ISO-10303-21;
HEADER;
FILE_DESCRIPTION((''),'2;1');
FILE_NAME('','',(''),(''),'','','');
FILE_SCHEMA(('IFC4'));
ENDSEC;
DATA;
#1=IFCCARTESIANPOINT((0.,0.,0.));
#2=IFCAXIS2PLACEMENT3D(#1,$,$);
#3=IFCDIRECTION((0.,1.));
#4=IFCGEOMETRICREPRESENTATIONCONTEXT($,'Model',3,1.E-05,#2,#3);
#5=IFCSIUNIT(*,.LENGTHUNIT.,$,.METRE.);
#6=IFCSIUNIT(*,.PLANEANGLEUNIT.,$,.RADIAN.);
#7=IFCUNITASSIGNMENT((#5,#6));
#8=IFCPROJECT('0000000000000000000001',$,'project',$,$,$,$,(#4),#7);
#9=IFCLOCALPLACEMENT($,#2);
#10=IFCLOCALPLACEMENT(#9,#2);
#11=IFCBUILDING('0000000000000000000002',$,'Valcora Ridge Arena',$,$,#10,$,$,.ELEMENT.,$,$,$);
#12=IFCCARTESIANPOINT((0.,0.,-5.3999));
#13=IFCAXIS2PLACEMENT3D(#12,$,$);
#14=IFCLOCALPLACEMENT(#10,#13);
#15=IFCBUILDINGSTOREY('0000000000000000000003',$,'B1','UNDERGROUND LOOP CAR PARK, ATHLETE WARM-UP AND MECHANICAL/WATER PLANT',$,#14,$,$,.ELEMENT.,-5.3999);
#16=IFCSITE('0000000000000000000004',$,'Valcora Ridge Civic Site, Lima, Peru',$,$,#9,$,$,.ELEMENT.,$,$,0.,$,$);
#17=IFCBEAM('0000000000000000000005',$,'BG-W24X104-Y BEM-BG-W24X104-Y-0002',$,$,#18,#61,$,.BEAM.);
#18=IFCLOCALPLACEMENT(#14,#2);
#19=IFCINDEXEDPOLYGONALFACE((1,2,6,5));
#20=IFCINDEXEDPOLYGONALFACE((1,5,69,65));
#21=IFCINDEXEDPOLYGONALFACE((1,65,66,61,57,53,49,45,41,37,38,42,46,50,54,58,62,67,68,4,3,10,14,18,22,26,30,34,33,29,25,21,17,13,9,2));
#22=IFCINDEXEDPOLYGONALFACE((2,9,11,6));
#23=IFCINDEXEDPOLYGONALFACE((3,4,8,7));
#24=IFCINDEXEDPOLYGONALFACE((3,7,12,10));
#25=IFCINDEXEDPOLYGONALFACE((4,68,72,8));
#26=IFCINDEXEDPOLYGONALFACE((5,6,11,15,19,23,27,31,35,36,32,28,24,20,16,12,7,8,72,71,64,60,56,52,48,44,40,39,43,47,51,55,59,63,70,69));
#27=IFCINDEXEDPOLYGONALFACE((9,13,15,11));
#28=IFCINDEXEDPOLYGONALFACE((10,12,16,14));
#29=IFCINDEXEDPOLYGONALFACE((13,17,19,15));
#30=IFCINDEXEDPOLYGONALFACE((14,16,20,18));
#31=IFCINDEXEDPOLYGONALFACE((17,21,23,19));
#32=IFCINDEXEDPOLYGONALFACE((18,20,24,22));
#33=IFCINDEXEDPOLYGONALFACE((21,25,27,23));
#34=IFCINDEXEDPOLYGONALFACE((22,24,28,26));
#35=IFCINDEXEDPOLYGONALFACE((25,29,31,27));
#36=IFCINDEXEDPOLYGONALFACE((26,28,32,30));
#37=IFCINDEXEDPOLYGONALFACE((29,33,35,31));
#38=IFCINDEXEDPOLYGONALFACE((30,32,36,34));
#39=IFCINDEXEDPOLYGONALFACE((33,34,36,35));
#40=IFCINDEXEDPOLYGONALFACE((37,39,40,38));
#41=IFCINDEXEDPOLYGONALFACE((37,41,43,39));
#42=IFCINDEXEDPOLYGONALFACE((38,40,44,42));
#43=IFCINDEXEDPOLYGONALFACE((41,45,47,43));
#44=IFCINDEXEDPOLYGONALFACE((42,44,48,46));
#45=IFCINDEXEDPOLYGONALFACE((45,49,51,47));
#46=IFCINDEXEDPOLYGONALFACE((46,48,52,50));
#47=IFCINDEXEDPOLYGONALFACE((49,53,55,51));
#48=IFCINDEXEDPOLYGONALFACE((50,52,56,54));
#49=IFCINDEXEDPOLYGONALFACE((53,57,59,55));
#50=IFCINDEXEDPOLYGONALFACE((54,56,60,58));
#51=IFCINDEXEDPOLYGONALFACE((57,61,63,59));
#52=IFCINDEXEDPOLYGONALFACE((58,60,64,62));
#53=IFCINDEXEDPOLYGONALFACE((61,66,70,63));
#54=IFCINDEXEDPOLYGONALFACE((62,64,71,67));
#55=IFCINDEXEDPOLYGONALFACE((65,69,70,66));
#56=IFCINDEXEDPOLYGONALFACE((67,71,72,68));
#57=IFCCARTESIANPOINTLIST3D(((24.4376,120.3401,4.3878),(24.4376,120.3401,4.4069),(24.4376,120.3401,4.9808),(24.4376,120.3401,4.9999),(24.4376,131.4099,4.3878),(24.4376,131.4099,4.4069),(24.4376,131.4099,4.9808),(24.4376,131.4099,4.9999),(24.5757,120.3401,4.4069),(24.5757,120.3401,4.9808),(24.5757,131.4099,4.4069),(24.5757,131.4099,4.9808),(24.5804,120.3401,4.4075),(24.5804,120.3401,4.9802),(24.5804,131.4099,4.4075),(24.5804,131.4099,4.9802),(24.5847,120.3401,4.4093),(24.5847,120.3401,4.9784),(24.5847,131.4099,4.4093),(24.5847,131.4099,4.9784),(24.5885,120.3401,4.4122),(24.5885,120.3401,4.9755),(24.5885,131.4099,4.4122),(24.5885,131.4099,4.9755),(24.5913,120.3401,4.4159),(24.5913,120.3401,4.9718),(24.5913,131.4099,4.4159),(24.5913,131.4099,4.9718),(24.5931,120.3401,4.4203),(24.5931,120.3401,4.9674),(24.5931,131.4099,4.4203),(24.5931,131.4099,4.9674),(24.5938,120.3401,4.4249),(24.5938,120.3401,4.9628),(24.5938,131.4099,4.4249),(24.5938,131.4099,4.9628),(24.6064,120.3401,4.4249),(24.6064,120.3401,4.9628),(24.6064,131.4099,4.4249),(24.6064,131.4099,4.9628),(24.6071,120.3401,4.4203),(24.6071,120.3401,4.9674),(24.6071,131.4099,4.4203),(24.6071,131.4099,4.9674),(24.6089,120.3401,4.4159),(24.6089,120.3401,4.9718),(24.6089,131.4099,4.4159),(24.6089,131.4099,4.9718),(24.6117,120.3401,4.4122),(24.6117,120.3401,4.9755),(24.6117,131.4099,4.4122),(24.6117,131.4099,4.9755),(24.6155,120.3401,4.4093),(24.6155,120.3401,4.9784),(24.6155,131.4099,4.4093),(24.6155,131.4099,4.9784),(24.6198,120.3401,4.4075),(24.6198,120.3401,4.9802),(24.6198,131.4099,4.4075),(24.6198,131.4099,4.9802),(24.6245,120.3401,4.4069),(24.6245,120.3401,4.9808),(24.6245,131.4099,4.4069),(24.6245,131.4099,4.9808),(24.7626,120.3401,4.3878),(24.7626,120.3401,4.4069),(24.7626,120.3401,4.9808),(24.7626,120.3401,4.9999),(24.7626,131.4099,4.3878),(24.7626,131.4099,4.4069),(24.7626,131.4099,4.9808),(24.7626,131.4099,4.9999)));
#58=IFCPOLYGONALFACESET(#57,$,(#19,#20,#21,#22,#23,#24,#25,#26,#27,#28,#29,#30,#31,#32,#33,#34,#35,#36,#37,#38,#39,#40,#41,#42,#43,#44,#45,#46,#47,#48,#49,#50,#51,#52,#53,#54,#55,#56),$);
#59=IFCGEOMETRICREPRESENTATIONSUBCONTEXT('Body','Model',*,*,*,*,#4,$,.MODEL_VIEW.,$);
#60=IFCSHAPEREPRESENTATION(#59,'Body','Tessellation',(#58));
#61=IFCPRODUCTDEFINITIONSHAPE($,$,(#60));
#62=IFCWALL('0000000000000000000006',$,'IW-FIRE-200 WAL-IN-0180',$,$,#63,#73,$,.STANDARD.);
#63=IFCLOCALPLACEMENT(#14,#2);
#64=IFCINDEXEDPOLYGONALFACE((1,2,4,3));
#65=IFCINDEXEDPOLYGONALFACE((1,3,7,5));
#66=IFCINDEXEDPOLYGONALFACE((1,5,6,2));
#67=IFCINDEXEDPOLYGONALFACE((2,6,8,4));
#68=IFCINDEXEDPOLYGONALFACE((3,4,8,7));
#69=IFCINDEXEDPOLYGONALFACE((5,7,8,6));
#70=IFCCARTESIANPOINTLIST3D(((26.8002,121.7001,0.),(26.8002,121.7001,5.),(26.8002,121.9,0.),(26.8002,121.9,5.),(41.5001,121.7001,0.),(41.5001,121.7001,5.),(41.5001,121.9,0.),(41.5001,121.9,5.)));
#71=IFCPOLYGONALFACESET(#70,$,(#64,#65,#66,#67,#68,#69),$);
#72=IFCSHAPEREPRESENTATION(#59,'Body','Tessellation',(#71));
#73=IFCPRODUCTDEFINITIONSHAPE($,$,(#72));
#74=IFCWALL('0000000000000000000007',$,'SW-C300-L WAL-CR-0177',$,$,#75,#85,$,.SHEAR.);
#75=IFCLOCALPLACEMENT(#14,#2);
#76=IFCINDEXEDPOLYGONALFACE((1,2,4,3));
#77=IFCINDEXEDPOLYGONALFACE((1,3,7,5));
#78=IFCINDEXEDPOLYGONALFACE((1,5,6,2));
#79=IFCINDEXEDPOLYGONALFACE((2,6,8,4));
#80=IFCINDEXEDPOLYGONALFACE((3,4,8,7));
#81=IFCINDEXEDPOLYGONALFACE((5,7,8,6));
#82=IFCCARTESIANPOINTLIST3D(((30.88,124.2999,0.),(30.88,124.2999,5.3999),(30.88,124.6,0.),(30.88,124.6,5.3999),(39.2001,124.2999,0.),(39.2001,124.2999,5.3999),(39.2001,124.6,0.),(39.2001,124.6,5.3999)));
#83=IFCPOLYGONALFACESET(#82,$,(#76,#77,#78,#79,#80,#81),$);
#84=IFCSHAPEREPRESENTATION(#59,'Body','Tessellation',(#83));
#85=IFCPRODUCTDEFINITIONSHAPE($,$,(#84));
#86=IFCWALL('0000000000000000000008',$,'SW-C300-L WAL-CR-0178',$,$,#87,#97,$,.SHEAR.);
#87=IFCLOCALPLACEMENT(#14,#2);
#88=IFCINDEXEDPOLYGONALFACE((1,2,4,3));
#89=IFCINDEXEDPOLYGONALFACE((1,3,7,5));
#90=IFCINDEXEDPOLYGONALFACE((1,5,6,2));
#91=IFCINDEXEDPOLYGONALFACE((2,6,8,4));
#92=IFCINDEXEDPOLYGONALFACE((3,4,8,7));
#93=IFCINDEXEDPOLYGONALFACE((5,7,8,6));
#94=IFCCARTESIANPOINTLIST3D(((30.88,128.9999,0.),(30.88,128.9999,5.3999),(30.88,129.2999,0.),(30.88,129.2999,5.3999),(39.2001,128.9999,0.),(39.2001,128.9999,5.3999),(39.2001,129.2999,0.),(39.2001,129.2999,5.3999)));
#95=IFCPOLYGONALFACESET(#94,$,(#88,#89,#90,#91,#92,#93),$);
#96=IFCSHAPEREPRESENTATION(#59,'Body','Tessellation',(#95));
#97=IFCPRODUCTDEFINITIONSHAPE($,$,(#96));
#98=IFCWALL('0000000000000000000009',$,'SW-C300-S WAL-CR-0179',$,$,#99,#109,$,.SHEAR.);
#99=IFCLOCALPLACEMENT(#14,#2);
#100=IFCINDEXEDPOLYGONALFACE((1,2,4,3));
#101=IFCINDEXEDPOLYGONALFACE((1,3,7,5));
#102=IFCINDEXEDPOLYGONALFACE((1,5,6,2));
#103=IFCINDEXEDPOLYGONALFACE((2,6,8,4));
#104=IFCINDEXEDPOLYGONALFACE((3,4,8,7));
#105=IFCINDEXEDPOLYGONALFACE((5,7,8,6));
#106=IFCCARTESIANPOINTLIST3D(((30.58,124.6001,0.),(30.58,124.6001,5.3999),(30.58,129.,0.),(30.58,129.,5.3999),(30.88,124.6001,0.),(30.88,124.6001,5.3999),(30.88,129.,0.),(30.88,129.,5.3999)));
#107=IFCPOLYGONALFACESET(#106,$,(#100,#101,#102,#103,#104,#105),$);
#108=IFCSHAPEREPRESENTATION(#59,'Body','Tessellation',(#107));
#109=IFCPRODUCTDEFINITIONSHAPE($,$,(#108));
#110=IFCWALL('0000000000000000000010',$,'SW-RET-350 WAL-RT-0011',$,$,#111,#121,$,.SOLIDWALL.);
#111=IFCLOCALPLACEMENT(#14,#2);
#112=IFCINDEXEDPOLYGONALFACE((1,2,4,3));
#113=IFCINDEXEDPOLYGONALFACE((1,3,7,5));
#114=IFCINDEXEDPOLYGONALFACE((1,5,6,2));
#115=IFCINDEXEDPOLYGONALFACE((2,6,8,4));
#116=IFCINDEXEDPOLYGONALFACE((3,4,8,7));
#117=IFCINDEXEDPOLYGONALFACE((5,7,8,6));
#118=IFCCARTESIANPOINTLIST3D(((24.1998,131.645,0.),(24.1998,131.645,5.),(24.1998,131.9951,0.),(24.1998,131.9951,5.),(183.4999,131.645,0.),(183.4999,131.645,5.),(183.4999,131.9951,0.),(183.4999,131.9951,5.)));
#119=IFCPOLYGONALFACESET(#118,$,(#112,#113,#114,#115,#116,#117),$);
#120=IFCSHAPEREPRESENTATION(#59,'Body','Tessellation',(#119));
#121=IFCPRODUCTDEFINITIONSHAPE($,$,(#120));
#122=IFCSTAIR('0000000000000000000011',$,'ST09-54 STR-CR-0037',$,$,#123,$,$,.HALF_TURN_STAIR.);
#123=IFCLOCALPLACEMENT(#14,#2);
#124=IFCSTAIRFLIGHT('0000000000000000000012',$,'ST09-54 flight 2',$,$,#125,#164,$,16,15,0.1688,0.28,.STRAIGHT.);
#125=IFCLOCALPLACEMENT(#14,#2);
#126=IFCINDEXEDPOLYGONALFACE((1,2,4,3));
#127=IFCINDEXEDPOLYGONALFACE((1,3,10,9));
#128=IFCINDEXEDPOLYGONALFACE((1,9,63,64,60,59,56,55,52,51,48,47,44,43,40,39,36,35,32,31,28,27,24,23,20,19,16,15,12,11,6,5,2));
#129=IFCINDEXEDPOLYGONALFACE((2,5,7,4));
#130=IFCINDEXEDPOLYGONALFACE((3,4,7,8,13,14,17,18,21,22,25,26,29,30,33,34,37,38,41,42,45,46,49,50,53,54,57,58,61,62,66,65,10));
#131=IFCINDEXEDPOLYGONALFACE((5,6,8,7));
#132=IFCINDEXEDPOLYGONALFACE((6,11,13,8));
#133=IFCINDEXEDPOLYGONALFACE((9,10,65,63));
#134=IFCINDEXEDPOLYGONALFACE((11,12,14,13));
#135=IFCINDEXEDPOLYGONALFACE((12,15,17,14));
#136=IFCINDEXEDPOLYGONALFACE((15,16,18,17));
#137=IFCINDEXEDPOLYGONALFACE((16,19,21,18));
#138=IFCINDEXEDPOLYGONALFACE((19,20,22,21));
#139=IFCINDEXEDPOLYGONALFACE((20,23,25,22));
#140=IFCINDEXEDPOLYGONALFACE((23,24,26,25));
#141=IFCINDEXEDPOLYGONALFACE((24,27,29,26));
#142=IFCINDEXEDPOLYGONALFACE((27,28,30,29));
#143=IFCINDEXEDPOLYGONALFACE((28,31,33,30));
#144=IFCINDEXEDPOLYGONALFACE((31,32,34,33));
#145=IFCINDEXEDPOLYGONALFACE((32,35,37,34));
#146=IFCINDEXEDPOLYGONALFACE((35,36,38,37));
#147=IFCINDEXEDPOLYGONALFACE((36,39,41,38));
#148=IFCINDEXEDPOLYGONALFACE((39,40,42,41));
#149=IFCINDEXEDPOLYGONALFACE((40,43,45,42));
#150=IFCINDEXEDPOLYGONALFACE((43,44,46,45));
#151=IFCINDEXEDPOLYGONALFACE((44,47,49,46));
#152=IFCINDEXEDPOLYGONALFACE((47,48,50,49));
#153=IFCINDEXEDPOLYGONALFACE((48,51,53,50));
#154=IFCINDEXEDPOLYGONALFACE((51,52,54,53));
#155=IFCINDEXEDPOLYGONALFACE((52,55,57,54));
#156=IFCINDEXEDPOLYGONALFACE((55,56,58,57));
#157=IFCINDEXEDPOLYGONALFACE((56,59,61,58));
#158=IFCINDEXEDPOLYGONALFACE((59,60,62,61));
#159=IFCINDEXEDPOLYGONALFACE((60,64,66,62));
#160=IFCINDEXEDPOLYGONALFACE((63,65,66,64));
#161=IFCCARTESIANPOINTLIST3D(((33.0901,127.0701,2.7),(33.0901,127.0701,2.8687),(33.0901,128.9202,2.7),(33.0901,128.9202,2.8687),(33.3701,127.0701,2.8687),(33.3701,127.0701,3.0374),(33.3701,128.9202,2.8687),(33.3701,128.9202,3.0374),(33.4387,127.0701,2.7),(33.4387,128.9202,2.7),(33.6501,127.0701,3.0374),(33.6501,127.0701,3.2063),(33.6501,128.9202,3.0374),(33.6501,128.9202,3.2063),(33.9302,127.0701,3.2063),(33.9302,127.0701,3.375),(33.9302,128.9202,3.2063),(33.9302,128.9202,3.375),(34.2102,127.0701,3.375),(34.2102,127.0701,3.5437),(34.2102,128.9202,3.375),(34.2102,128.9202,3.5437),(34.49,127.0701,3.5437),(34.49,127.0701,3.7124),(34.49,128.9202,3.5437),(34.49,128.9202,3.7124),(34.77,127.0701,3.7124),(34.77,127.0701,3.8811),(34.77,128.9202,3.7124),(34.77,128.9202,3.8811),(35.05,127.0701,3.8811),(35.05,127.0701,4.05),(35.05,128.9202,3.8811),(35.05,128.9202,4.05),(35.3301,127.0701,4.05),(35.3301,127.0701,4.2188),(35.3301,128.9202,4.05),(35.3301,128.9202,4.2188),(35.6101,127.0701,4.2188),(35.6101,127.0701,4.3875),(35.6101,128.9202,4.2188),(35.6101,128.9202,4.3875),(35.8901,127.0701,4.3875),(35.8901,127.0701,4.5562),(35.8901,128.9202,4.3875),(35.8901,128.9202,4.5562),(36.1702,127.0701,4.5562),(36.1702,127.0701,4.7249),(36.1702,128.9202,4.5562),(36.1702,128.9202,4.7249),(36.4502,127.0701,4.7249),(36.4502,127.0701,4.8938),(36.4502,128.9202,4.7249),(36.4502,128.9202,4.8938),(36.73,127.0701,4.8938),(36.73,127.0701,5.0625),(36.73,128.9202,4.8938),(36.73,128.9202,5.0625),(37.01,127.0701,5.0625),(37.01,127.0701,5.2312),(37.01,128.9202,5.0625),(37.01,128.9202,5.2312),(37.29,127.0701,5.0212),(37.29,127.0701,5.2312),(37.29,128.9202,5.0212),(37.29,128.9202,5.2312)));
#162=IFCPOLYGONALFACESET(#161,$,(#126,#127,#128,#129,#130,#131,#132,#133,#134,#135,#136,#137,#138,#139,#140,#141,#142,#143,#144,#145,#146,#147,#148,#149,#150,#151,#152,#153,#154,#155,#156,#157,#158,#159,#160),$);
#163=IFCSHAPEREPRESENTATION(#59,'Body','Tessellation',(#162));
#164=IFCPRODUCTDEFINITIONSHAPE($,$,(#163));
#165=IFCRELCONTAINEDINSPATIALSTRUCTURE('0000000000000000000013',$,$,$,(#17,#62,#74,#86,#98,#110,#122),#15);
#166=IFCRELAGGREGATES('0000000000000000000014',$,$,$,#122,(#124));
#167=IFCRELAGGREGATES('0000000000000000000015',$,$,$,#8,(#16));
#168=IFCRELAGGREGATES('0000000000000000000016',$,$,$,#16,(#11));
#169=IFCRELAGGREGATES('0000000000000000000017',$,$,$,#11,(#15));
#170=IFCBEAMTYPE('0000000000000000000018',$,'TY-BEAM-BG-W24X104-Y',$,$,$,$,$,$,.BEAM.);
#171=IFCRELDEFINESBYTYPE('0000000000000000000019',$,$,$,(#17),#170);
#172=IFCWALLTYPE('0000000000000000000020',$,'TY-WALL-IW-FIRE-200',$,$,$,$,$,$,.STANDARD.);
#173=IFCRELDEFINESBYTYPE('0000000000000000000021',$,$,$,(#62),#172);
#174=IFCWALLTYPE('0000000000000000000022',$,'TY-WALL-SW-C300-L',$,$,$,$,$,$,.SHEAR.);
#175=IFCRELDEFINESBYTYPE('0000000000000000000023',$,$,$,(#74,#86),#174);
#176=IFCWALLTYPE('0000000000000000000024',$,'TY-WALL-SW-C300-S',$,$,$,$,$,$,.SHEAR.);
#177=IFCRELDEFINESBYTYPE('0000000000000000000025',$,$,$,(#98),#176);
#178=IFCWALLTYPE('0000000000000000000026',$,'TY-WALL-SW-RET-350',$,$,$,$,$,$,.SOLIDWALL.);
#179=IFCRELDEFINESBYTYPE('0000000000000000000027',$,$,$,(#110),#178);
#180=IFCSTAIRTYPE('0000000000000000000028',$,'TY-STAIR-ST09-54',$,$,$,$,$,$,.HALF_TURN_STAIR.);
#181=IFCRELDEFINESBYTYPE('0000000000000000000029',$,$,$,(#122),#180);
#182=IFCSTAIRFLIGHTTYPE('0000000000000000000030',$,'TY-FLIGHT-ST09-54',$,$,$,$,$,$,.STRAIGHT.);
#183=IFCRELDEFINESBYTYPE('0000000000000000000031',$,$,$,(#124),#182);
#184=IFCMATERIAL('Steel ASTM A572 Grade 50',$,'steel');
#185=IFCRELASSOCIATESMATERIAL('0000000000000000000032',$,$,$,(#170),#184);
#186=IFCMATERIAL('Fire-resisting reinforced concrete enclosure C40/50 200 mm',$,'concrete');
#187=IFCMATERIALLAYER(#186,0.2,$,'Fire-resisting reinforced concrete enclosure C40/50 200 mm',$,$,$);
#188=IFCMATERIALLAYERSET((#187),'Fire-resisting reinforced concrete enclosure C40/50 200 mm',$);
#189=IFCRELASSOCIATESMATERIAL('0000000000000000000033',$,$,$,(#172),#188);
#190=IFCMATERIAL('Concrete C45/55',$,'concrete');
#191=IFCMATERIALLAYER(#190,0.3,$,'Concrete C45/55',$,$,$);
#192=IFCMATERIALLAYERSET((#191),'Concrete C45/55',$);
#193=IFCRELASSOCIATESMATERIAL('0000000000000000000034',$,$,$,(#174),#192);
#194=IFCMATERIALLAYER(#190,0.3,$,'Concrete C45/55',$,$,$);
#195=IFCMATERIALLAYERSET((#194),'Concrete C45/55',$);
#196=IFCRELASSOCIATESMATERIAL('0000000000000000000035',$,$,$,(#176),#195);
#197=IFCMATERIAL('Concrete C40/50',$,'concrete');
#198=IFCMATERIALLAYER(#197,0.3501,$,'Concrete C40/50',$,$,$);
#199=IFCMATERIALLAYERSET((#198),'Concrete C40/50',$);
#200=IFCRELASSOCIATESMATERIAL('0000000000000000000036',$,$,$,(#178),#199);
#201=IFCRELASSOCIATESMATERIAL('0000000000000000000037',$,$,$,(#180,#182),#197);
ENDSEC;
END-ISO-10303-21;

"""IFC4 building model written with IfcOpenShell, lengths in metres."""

from ifc_helpers import new_model, si_unit, direction, frame, frame_2d, origin, origin_2d, place, context, subcontext, project, spatial, polyline, rectangle, i_section, outline, extrude, material, layer, layer_set, material_profile, profile_set, type_object, element, aggregate, save


model = new_model("IFC4")

# Units and contexts
model_context = context("Model", 3, precision=1e-05, world=origin(), true_north=direction((0.0, 1.0)))
body_context = subcontext(model_context, "Body", "Model", "MODEL_VIEW")
ifc_project = project(units=[si_unit("LENGTHUNIT", "METRE"), si_unit("PLANEANGLEUNIT", "RADIAN")], contexts=[model_context])

# Site, building, storey
site_placement = place(None, origin())
site = spatial("IfcSite", under=ifc_project, at=site_placement, Name="Valcora Ridge Civic Site, Lima, Peru", CompositionType="ELEMENT", RefElevation=0.0)
building_placement = place(site_placement, origin())
building = spatial("IfcBuilding", under=site, at=building_placement, Name="Valcora Ridge Arena", CompositionType="ELEMENT")
storey_placement = place(building_placement, frame((0.0, 0.0, -5.3999)))
storey = spatial("IfcBuildingStorey", under=building, at=storey_placement, Name="B1", Description="UNDERGROUND LOOP CAR PARK, ATHLETE WARM-UP AND MECHANICAL/WATER PLANT", CompositionType="ELEMENT", Elevation=-5.3999)

# Shared definitions
ifc_material_1 = material(Name="Concrete C40/50", Category="concrete")

# Beam
ifc_material_2 = material(Name="Steel ASTM A572 Grade 50", Category="steel")
ifc_material_profile_1 = material_profile(ifc_material_2, i_section(OverallWidth=0.325, OverallDepth=0.6121, WebThickness=0.0127, FlangeThickness=0.019, FilletRadius=0.0181, at=origin_2d()), Name="W24X104")
ifc_profile_set_1 = profile_set([ifc_material_profile_1], Name="Steel ASTM A572 Grade 50")
beam_type_1 = type_object("IfcBeamType", Name="TY-BEAM-BG-W24X104-Y", PredefinedType="BEAM", material=ifc_profile_set_1)
beam_1_placement = place(storey_placement, frame((24.6001, 120.3401, 4.6938), z_axis=(0.0, 1.0, 0.0), x_axis=(-1.0, 0.0, 0.0)))
element("IfcBeam", 1, at=beam_1_placement, inside=storey, type_object=beam_type_1, Name="BG-W24X104-Y BEM-BG-W24X104-Y-0002", PredefinedType="BEAM", context=body_context, shape_type="SweptSolid", body=[
    extrude(i_section(OverallWidth=0.325, OverallDepth=0.6121, WebThickness=0.0127, FlangeThickness=0.019, FilletRadius=0.0181, at=origin_2d()), origin(), (0.0, 0.0, 1.0), 11.0698),
])

# Walls
ifc_material_3 = material(Name="Fire-resisting reinforced concrete enclosure C40/50 200 mm", Category="concrete")
ifc_layer_1 = layer(ifc_material_3, 0.2, Name="Fire-resisting reinforced concrete enclosure C40/50 200 mm")
ifc_layer_set_1 = layer_set([ifc_layer_1], Name="Fire-resisting reinforced concrete enclosure C40/50 200 mm")
wall_type_1 = type_object("IfcWallType", Name="TY-WALL-IW-FIRE-200", PredefinedType="STANDARD", material=ifc_layer_set_1)
wall_1_placement = place(storey_placement, frame((26.8, 121.8, 0.0), z_axis=(0.0, 0.0, 1.0), x_axis=(1.0, 0.0, 0.0)))
element("IfcWall", 2, at=wall_1_placement, inside=storey, type_object=wall_type_1, Name="IW-FIRE-200 WAL-IN-0180", PredefinedType="STANDARD", context=body_context, shape_type="SweptSolid", body=[
    extrude(rectangle(XDim=14.7, YDim=0.2, at=frame_2d((7.3501, 0.0))), origin(), (0.0, 0.0, 1.0), 5.0),
])
ifc_material_4 = material(Name="Concrete C45/55", Category="concrete")
ifc_layer_2 = layer(ifc_material_4, 0.3, Name="Concrete C45/55")
ifc_layer_set_2 = layer_set([ifc_layer_2], Name="Concrete C45/55")
wall_type_2 = type_object("IfcWallType", Name="TY-WALL-SW-C300-L", PredefinedType="SHEAR", material=ifc_layer_set_2)
for number, where, z_axis, x_axis, name in (
    (3, (30.8799, 124.45, 0.0), (0.0, 0.0, 1.0), (1.0, 0.0, 0.0), "SW-C300-L WAL-CR-0177"),
    (4, (30.8799, 129.1499, 0.0), (0.0, 0.0, 1.0), (1.0, 0.0, 0.0), "SW-C300-L WAL-CR-0178"),
):
    element("IfcWall", number, at=place(storey_placement, frame(where, z_axis=z_axis, x_axis=x_axis)), inside=storey, type_object=wall_type_2, Name=name, PredefinedType="SHEAR", context=body_context, shape_type="SweptSolid", body=[
        extrude(rectangle(XDim=8.3201, YDim=0.3, at=frame_2d((4.1602, 0.0))), origin(), (0.0, 0.0, 1.0), 5.3999),
    ])
ifc_layer_3 = layer(ifc_material_4, 0.3, Name="Concrete C45/55")
ifc_layer_set_3 = layer_set([ifc_layer_3], Name="Concrete C45/55")
wall_type_3 = type_object("IfcWallType", Name="TY-WALL-SW-C300-S", PredefinedType="SHEAR", material=ifc_layer_set_3)
wall_2_placement = place(storey_placement, frame((30.73, 124.6001, 0.0), z_axis=(0.0, 0.0, 1.0), x_axis=(0.0, 1.0, 0.0)))
element("IfcWall", 5, at=wall_2_placement, inside=storey, type_object=wall_type_3, Name="SW-C300-S WAL-CR-0179", PredefinedType="SHEAR", context=body_context, shape_type="SweptSolid", body=[
    extrude(rectangle(XDim=4.3999, YDim=0.3, at=frame_2d((2.2, 0.0))), origin(), (0.0, 0.0, 1.0), 5.3999),
])
ifc_layer_4 = layer(ifc_material_1, 0.3501, Name="Concrete C40/50")
ifc_layer_set_4 = layer_set([ifc_layer_4], Name="Concrete C40/50")
wall_type_4 = type_object("IfcWallType", Name="TY-WALL-SW-RET-350", PredefinedType="SOLIDWALL", material=ifc_layer_set_4)
wall_3_placement = place(storey_placement, frame((24.2, 131.8201, 0.0), z_axis=(0.0, 0.0, 1.0), x_axis=(1.0, 0.0, 0.0)))
element("IfcWall", 6, at=wall_3_placement, inside=storey, type_object=wall_type_4, Name="SW-RET-350 WAL-RT-0011", PredefinedType="SOLIDWALL", context=body_context, shape_type="SweptSolid", body=[
    extrude(rectangle(XDim=159.3, YDim=0.3501, at=frame_2d((79.6499, 0.0))), origin(), (0.0, 0.0, 1.0), 5.0),
])

# Stair, stair flight
stair_type = type_object("IfcStairType", Name="TY-STAIR-ST09-54", PredefinedType="HALF_TURN_STAIR", material=ifc_material_1)
stair_placement = place(storey_placement, origin())
stair = element("IfcStair", 7, at=stair_placement, inside=storey, type_object=stair_type, Name="ST09-54 STR-CR-0037", PredefinedType="HALF_TURN_STAIR")
stair_flight_type = type_object("IfcStairFlightType", Name="TY-FLIGHT-ST09-54", PredefinedType="STRAIGHT", material=ifc_material_1)
stair_flight_placement = place(storey_placement, frame((33.0901, 127.9951, 2.7), z_axis=(0.0, 0.0, 1.0), x_axis=(1.0, 0.0, 0.0)))
stair_flight = element("IfcStairFlight", 8, at=stair_flight_placement, type_object=stair_flight_type, Name="ST09-54 flight 2", NumberOfRisers=16, NumberOfTreads=15, PredefinedType="STRAIGHT", RiserHeight=0.1688, TreadLength=0.28, context=body_context, shape_type="SweptSolid", body=[
    extrude(outline(polyline([(0.0, 0.0), (0.0, 0.1687), (0.28, 0.1687), (0.28, 0.3374), (0.5601, 0.3374), (0.5601, 0.5063), (0.8401, 0.5063), (0.8401, 0.675), (1.1201, 0.675), (1.1201, 0.8438), (1.3999, 0.8438), (1.3999, 1.0125), (1.6799, 1.0125), (1.6799, 1.1812), (1.96, 1.1812), (1.96, 1.3501), (2.24, 1.3501), (2.24, 1.5188), (2.52, 1.5188), (2.52, 1.6875), (2.8, 1.6875), (2.8, 1.8562), (3.0801, 1.8562), (3.0801, 2.0249), (3.3601, 2.0249), (3.3601, 2.1938), (3.6399, 2.1938), (3.6399, 2.3625), (3.9199, 2.3625), (3.9199, 2.5312), (4.2, 2.5312), (4.2, 2.7), (4.2, 2.3213), (0.3486, 0.0), (0.0, 0.0)])), frame((0.0, 0.925, 0.0), z_axis=(0.0, -1.0, 0.0), x_axis=(1.0, 0.0, 0.0)), (0.0, 0.0, 1.0), 1.8501),
])
aggregate(stair, [stair_flight])

save(model, "model.ifc")
